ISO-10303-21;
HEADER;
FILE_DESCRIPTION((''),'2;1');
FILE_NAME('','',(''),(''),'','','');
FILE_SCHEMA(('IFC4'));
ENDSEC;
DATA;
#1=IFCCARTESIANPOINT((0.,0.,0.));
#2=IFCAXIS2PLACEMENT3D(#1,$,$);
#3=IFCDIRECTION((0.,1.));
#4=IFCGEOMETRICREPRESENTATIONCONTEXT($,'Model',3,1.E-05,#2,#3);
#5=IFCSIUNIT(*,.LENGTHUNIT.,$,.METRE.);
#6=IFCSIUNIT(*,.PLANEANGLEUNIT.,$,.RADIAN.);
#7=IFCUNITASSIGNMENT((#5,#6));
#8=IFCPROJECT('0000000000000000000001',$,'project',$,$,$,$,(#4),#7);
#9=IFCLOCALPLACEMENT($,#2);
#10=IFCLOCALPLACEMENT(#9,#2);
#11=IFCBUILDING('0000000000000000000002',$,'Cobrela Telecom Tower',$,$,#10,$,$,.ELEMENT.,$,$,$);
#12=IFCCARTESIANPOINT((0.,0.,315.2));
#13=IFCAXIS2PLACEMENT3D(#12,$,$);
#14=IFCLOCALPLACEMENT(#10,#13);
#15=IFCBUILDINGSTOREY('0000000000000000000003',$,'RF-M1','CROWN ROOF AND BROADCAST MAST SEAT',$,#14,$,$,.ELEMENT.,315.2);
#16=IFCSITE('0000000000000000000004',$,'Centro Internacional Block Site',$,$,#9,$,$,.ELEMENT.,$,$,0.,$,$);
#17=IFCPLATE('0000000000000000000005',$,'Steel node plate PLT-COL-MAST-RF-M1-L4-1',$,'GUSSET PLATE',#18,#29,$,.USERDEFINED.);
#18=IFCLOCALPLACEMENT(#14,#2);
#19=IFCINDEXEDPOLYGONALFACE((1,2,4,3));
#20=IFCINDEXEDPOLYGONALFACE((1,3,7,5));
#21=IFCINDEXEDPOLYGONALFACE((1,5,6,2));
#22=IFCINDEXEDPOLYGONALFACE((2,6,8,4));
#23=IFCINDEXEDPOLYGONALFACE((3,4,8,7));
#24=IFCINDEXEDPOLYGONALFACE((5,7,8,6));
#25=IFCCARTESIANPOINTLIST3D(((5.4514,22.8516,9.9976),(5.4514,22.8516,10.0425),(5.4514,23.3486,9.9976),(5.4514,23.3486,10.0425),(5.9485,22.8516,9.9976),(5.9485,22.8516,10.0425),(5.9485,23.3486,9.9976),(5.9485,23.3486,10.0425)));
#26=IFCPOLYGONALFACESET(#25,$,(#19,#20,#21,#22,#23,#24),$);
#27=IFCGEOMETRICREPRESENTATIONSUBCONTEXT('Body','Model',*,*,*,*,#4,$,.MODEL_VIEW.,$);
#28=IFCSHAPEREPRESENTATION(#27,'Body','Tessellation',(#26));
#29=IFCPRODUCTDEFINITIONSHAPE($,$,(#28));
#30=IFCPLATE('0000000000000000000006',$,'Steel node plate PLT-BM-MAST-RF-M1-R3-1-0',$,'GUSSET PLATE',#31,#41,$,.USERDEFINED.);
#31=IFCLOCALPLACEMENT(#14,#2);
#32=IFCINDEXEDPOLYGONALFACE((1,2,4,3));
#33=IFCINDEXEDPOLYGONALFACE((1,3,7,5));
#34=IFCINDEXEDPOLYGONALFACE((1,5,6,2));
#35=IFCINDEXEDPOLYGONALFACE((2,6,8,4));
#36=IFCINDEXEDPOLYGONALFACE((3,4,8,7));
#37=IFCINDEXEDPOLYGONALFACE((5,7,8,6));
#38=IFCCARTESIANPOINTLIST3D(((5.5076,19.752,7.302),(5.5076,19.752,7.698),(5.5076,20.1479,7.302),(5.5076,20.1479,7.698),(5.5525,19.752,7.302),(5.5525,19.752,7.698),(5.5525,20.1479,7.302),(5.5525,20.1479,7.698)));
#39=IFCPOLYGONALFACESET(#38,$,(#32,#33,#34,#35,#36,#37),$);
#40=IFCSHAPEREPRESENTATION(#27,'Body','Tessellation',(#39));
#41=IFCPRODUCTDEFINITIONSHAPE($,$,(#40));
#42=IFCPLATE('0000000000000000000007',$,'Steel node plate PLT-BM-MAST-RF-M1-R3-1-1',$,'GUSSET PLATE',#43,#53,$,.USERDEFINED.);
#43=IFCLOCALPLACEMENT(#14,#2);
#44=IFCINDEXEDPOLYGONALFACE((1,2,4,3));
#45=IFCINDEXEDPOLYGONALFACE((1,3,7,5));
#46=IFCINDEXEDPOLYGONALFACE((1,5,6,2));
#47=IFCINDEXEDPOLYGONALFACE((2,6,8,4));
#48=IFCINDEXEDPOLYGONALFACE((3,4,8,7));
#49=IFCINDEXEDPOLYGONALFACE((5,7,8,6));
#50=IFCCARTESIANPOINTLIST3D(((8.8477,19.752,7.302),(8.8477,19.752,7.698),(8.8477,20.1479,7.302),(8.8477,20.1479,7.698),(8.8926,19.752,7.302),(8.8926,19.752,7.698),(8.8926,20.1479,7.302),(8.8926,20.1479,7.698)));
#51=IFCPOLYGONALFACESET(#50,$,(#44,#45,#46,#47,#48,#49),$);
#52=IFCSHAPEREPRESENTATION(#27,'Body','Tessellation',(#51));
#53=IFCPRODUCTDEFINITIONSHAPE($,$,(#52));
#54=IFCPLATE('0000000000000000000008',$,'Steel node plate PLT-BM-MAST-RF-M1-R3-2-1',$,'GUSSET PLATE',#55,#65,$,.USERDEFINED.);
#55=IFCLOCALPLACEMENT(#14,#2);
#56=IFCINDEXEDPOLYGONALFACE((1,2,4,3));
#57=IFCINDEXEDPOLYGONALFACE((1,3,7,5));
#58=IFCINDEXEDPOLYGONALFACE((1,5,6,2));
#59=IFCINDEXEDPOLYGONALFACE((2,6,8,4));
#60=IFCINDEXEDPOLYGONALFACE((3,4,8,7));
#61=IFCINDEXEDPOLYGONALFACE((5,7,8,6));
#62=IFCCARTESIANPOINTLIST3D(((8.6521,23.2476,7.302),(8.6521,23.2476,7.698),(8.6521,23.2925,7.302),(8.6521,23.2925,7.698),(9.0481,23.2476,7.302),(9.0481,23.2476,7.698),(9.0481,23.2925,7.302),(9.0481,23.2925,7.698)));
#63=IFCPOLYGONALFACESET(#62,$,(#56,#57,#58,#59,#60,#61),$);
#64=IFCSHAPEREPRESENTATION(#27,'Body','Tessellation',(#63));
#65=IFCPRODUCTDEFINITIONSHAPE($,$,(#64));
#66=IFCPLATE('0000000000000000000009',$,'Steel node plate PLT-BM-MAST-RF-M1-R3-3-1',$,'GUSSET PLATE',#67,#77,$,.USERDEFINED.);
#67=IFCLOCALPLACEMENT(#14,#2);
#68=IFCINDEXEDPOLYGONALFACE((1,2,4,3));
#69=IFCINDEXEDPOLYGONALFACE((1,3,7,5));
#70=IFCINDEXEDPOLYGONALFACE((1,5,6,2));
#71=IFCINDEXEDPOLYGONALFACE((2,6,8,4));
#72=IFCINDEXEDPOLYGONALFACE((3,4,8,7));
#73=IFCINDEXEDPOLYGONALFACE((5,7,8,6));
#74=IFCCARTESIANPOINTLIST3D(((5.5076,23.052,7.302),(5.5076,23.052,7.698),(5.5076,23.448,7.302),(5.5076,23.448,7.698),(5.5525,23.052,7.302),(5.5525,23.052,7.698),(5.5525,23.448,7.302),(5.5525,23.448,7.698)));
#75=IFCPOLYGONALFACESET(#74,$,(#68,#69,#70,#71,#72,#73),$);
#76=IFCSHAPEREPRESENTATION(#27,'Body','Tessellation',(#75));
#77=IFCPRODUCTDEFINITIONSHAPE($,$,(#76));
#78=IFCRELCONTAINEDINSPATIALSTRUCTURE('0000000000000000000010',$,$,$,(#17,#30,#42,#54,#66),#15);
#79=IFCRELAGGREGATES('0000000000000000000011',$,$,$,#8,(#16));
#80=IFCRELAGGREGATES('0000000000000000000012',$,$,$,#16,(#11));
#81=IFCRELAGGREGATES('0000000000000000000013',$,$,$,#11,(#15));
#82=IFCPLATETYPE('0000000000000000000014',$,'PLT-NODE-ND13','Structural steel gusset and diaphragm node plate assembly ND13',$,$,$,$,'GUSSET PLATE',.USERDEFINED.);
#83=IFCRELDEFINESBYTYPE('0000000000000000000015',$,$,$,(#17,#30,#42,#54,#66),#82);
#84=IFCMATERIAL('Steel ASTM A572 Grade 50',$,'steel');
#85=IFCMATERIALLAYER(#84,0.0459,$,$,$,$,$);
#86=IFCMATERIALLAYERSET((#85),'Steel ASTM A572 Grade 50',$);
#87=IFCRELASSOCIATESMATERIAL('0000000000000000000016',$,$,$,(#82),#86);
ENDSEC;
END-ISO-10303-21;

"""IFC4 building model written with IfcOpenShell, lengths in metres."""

from ifc_helpers import new_model, si_unit, direction, frame, origin, origin_2d, place, context, subcontext, project, spatial, rectangle, extrude, material, layer, layer_set, type_object, element, save


model = new_model("IFC4")

# Units and contexts
model_context = context("Model", 3, precision=1e-05, world=origin(), true_north=direction((0.0, 1.0)))
body_context = subcontext(model_context, "Body", "Model", "MODEL_VIEW")
ifc_project = project(units=[si_unit("LENGTHUNIT", "METRE"), si_unit("PLANEANGLEUNIT", "RADIAN")], contexts=[model_context])

# Site, building, storey
site_placement = place(None, origin())
site = spatial("IfcSite", under=ifc_project, at=site_placement, Name="Centro Internacional Block Site", CompositionType="ELEMENT", RefElevation=0.0)
building_placement = place(site_placement, origin())
building = spatial("IfcBuilding", under=site, at=building_placement, Name="Cobrela Telecom Tower", CompositionType="ELEMENT")
storey_placement = place(building_placement, frame((0.0, 0.0, 315.2)))
storey = spatial("IfcBuildingStorey", under=building, at=storey_placement, Name="RF-M1", Description="CROWN ROOF AND BROADCAST MAST SEAT", CompositionType="ELEMENT", Elevation=315.2)

# Shared definitions
ifc_material = material(Name="Steel ASTM A572 Grade 50", Category="steel")

# Plates
ifc_layer = layer(ifc_material, 0.0459)
ifc_layer_set = layer_set([ifc_layer], Name="Steel ASTM A572 Grade 50")
plate_type = type_object("IfcPlateType", Name="PLT-NODE-ND13", Description="Structural steel gusset and diaphragm node plate assembly ND13", ElementType="GUSSET PLATE", PredefinedType="USERDEFINED", material=ifc_layer_set)
for number, where, z_axis, x_axis, name in (
    (1, (5.7, 23.1001, 9.9976), (0.0, 0.0, 1.0), (1.0, 0.0, 0.0), "Steel node plate PLT-COL-MAST-RF-M1-L4-1"),
):
    element("IfcPlate", number, at=place(storey_placement, frame(where, z_axis=z_axis, x_axis=x_axis)), inside=storey, type_object=plate_type, Name=name, ObjectType="GUSSET PLATE", PredefinedType="USERDEFINED", context=body_context, shape_type="SweptSolid", body=[
        extrude(rectangle(XDim=0.4971, YDim=0.4971, at=origin_2d()), origin(), (0.0, 0.0, 1.0), 0.0449),
    ])
for number, where, z_axis, x_axis, name in (
    (2, (5.53, 19.95, 7.302), (0.0, 0.0, 1.0), (1.0, 0.0, 0.0), "Steel node plate PLT-BM-MAST-RF-M1-R3-1-0"),
    (3, (8.8701, 19.95, 7.302), (0.0, 0.0, 1.0), (1.0, 0.0, 0.0), "Steel node plate PLT-BM-MAST-RF-M1-R3-1-1"),
    (4, (8.8501, 23.27, 7.302), (0.0, 0.0, 1.0), (0.0, 1.0, 0.0), "Steel node plate PLT-BM-MAST-RF-M1-R3-2-1"),
    (5, (5.53, 23.25, 7.302), (0.0, 0.0, 1.0), (-1.0, 0.0, 0.0), "Steel node plate PLT-BM-MAST-RF-M1-R3-3-1"),
):
    element("IfcPlate", number, at=place(storey_placement, frame(where, z_axis=z_axis, x_axis=x_axis)), inside=storey, type_object=plate_type, Name=name, ObjectType="GUSSET PLATE", PredefinedType="USERDEFINED", context=body_context, shape_type="SweptSolid", body=[
        extrude(rectangle(XDim=0.0449, YDim=0.396, at=origin_2d()), origin(), (0.0, 0.0, 1.0), 0.396),
    ])

save(model, "model.ifc")
